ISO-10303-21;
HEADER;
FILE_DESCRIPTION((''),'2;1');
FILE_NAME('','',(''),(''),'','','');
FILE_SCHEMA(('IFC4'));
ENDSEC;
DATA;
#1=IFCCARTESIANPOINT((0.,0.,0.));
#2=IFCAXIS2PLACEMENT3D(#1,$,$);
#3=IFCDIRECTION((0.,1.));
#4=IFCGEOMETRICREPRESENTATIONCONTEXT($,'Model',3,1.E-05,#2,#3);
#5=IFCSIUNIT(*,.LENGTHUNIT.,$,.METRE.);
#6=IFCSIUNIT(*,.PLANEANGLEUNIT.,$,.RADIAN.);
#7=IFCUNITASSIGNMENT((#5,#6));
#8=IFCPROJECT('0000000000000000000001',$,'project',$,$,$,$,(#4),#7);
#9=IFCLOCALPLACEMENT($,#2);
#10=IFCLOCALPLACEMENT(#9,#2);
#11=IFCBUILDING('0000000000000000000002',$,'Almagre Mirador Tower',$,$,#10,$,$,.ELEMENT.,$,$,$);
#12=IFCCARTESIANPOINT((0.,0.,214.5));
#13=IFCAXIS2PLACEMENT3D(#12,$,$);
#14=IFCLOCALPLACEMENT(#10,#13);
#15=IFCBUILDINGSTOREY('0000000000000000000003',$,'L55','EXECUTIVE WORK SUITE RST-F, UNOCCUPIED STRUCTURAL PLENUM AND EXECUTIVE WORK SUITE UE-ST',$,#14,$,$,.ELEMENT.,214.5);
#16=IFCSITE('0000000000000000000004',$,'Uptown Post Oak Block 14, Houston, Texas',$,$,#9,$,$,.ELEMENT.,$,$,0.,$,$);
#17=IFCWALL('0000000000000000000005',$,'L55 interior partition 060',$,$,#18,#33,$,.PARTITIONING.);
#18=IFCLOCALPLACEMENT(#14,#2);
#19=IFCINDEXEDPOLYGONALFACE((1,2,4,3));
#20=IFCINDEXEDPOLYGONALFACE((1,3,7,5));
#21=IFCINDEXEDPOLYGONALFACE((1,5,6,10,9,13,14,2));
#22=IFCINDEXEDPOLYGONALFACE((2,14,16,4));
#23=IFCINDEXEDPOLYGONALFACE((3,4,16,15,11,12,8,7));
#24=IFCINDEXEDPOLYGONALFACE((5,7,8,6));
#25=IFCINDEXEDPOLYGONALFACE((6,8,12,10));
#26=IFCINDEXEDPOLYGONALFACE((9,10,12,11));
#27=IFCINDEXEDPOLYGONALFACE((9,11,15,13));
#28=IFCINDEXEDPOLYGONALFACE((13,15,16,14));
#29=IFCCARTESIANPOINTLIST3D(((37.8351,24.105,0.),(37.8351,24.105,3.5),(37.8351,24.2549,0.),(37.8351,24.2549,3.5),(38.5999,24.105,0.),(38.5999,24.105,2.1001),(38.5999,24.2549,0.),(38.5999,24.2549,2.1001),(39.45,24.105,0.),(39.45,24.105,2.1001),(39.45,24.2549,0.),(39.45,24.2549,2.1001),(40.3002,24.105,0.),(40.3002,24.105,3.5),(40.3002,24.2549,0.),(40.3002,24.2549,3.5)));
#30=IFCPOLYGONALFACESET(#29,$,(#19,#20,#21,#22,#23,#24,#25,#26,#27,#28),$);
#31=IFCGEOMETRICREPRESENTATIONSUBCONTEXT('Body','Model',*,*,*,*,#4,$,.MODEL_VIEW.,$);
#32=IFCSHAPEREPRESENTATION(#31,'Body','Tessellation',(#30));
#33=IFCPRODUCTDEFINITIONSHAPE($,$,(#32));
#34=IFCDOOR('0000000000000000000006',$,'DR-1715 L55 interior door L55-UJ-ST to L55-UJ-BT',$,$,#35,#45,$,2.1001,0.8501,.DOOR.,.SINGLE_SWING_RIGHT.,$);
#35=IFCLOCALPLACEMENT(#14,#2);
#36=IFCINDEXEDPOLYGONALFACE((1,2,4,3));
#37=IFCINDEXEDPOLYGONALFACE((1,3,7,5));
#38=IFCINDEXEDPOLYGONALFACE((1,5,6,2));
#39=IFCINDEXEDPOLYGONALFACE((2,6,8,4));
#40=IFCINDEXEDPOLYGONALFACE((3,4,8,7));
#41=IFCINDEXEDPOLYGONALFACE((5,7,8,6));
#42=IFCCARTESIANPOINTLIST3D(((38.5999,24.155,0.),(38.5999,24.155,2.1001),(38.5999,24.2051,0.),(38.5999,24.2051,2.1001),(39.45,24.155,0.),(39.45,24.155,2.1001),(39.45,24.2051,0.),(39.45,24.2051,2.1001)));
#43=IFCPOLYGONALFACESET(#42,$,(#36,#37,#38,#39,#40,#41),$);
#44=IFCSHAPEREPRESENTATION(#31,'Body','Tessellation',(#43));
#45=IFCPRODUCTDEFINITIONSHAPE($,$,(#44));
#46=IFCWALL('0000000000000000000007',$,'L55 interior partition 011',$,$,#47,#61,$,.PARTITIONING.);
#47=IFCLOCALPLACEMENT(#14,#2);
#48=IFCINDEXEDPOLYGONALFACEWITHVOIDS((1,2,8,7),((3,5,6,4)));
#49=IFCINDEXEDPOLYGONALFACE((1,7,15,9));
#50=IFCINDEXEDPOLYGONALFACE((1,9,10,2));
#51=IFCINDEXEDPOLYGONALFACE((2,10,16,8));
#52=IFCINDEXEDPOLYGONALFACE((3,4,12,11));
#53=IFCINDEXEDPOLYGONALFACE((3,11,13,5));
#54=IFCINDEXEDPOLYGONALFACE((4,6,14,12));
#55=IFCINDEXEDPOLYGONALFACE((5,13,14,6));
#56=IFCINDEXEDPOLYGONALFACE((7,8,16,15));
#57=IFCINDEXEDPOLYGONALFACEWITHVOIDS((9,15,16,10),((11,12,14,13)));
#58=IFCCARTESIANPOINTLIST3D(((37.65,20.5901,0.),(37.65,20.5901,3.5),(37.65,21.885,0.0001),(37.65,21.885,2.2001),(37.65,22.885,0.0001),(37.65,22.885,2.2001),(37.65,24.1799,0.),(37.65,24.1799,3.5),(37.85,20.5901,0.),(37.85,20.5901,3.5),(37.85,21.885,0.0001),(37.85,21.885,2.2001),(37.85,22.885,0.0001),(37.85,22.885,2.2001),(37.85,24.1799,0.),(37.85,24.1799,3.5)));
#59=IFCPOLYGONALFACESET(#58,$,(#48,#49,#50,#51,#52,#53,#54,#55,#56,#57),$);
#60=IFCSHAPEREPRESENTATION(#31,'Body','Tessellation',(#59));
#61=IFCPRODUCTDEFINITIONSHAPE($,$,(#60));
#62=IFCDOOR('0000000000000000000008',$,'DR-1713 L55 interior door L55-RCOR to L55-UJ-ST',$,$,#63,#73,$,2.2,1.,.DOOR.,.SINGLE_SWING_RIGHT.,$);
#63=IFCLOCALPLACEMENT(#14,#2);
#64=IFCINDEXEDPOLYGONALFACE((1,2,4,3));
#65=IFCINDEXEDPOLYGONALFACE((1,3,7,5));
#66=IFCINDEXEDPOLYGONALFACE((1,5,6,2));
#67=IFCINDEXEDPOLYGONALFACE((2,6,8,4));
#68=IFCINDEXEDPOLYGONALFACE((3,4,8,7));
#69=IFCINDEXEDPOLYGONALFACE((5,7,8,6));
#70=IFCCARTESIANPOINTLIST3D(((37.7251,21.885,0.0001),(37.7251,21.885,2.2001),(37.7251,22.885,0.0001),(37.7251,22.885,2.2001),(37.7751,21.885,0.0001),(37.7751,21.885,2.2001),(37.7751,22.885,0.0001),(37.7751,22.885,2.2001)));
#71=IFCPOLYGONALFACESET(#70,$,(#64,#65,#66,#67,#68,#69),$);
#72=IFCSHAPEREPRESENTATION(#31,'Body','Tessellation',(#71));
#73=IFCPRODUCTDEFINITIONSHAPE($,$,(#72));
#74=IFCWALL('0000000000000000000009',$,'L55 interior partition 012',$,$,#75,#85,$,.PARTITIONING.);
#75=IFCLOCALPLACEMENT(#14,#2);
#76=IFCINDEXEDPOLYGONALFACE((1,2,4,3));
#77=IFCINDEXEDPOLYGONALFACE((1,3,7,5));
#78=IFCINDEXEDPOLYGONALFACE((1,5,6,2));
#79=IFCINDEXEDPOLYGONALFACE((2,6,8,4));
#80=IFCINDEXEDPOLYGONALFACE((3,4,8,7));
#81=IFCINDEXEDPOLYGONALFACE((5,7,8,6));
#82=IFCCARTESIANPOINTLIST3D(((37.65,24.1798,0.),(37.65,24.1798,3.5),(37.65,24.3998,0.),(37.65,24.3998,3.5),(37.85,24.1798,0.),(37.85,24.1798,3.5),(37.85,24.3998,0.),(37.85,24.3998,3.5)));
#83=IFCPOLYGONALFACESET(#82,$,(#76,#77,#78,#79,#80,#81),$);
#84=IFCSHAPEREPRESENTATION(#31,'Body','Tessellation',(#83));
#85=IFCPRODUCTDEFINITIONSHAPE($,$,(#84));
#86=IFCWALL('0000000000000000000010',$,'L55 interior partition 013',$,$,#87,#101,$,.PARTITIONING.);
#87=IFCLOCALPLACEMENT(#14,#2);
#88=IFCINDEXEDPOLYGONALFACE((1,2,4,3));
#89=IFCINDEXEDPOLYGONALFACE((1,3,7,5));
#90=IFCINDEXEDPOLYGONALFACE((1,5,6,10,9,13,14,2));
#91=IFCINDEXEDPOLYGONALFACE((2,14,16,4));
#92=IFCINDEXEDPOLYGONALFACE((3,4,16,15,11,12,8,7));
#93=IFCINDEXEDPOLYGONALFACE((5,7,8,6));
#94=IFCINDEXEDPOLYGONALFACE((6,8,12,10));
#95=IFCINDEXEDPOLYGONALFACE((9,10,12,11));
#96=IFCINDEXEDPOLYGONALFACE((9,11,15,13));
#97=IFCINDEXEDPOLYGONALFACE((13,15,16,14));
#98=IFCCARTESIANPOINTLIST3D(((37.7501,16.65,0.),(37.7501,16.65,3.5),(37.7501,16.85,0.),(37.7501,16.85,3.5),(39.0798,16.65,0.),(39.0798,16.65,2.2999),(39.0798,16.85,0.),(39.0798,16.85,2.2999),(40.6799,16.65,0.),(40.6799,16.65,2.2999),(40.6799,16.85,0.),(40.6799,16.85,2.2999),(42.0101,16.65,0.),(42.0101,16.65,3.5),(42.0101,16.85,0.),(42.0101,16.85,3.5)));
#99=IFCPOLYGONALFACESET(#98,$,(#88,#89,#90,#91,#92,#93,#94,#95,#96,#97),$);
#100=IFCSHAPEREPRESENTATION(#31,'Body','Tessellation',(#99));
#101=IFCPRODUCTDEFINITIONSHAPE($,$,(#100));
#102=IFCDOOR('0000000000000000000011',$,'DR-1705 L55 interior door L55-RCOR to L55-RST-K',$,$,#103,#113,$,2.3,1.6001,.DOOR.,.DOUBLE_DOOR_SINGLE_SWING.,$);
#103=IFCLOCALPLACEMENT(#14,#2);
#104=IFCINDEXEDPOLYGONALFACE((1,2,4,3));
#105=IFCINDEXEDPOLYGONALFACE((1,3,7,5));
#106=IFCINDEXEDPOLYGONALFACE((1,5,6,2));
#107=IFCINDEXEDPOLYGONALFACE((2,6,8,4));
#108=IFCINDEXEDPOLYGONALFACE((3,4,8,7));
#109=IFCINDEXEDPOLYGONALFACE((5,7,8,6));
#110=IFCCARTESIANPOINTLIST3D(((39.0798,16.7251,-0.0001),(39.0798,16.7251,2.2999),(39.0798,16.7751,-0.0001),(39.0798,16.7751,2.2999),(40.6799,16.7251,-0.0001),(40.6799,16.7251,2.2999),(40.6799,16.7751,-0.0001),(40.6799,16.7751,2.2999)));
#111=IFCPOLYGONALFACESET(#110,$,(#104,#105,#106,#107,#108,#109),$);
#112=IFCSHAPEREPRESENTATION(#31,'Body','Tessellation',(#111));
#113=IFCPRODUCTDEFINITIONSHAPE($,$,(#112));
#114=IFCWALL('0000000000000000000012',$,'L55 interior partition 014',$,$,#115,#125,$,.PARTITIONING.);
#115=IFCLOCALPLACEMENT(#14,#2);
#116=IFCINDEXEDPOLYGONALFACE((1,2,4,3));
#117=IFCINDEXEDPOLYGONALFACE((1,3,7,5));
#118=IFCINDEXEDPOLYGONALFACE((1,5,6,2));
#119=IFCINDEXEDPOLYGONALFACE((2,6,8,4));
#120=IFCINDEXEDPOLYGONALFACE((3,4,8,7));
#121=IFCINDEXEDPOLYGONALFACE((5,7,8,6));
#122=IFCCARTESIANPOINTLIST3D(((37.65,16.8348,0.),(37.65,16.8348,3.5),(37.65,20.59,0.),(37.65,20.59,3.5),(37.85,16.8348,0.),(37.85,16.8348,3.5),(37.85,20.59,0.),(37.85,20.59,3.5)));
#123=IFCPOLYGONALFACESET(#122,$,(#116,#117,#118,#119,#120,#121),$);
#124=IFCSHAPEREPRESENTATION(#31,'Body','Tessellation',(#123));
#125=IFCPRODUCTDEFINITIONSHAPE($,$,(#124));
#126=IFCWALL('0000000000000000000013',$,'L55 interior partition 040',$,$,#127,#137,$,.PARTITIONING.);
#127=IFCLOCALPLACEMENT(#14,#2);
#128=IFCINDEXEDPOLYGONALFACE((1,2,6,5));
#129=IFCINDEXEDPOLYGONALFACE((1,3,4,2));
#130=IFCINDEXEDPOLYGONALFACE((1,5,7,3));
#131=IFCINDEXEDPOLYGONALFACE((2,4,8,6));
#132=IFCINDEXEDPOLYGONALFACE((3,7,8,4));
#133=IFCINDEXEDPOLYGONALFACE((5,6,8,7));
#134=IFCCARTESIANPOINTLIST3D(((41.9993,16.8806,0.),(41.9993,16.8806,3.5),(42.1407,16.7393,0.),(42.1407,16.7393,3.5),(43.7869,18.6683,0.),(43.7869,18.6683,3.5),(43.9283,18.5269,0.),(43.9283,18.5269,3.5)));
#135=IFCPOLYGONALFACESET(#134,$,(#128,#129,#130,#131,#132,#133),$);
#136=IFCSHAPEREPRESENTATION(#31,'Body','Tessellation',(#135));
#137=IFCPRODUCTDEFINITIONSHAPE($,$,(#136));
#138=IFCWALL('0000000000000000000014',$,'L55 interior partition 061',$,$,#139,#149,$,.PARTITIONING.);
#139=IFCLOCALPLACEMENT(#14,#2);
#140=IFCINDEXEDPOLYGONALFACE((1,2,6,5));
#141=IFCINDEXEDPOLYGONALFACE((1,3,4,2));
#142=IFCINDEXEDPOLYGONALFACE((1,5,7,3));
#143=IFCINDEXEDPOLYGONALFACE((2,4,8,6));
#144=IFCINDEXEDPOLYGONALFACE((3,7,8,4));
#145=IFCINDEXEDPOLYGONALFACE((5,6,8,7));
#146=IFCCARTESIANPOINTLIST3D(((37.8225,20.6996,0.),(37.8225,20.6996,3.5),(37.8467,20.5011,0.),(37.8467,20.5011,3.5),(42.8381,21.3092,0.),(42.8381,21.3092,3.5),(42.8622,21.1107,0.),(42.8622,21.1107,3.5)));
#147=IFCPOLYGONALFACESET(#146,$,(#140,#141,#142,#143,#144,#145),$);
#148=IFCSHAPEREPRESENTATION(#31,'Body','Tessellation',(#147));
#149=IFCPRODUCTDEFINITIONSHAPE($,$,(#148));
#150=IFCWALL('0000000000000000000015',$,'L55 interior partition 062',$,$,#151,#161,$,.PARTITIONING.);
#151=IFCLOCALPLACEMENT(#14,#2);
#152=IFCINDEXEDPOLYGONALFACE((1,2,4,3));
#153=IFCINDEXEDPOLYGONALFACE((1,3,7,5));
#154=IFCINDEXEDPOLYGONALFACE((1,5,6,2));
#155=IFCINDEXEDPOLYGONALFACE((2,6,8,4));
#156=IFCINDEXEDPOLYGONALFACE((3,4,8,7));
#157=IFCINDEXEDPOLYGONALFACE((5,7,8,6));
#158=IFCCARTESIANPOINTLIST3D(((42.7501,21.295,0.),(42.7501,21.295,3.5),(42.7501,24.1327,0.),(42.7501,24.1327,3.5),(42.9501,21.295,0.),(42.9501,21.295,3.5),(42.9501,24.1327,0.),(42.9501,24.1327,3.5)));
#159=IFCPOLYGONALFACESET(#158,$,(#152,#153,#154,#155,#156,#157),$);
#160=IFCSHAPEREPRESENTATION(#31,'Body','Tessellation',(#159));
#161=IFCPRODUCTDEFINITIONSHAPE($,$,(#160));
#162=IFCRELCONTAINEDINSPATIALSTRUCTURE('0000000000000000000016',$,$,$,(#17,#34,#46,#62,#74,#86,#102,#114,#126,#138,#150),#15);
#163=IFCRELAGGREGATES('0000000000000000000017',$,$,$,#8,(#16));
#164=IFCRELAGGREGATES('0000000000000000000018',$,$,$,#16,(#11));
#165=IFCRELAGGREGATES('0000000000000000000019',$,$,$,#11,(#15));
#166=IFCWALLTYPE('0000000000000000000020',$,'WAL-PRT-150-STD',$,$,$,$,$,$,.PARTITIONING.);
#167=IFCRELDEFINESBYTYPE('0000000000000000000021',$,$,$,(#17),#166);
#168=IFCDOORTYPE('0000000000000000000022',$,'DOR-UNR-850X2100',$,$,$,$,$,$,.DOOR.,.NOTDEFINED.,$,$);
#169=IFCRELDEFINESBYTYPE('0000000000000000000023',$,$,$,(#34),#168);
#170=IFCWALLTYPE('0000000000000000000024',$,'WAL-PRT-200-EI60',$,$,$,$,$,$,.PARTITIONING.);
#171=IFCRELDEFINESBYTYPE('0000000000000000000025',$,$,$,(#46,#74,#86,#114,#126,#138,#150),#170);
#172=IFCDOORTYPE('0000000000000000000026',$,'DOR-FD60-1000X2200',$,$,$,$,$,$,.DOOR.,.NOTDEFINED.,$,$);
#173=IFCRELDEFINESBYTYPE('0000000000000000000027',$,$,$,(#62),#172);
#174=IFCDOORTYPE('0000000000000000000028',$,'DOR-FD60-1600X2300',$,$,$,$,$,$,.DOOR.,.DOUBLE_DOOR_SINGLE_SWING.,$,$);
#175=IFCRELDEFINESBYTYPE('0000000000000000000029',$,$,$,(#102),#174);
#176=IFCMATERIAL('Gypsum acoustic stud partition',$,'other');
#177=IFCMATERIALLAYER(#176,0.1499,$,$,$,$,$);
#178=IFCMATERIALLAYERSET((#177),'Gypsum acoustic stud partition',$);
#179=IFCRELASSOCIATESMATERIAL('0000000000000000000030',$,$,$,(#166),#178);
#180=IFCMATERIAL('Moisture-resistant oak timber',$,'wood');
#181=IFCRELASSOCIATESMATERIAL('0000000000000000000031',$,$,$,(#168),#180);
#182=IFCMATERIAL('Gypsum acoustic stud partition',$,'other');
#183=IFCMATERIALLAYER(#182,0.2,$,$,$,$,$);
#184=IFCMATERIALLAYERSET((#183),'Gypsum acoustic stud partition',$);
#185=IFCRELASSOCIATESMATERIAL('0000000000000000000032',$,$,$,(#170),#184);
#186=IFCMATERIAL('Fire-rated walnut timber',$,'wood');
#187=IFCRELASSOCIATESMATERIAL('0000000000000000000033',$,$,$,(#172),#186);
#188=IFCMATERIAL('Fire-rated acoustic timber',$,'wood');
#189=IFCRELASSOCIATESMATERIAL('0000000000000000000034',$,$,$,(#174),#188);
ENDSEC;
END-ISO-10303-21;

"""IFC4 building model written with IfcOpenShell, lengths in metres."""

from ifc_helpers import new_model, si_unit, direction, frame, frame_2d, origin, place, context, subcontext, project, spatial, rectangle, extrude, material, layer, layer_set, type_object, element, fill, save


model = new_model("IFC4")

# Units and contexts
model_context = context("Model", 3, precision=1e-05, world=origin(), true_north=direction((0.0, 1.0)))
body_context = subcontext(model_context, "Body", "Model", "MODEL_VIEW")
ifc_project = project(units=[si_unit("LENGTHUNIT", "METRE"), si_unit("PLANEANGLEUNIT", "RADIAN")], contexts=[model_context])

# Site, building, storey
site_placement = place(None, origin())
site = spatial("IfcSite", under=ifc_project, at=site_placement, Name="Uptown Post Oak Block 14, Houston, Texas", CompositionType="ELEMENT", RefElevation=0.0)
building_placement = place(site_placement, origin())
building = spatial("IfcBuilding", under=site, at=building_placement, Name="Almagre Mirador Tower", CompositionType="ELEMENT")
storey_placement = place(building_placement, frame((0.0, 0.0, 214.5)))
storey = spatial("IfcBuildingStorey", under=building, at=storey_placement, Name="L55", Description="EXECUTIVE WORK SUITE RST-F, UNOCCUPIED STRUCTURAL PLENUM AND EXECUTIVE WORK SUITE UE-ST", CompositionType="ELEMENT", Elevation=214.5)

# Walls, openings, doors
ifc_material_1 = material(Name="Gypsum acoustic stud partition", Category="other")
ifc_layer_1 = layer(ifc_material_1, 0.1499)
ifc_layer_set_1 = layer_set([ifc_layer_1], Name="Gypsum acoustic stud partition")
wall_type_1 = type_object("IfcWallType", Name="WAL-PRT-150-STD", PredefinedType="PARTITIONING", material=ifc_layer_set_1)
wall_1_placement = place(storey_placement, frame((40.3, 24.1799, 0.0), z_axis=(0.0, 0.0, 1.0), x_axis=(-1.0, 0.0, 0.0)))
wall_1 = element("IfcWall", 1, at=wall_1_placement, inside=storey, type_object=wall_type_1, Name="L55 interior partition 060", PredefinedType="PARTITIONING", context=body_context, shape_type="SweptSolid", body=[
    extrude(rectangle(XDim=2.4651, YDim=0.1499, at=frame_2d((1.2324, 0.0))), origin(), (0.0, 0.0, 1.0), 3.5),
])
opening_1_placement = place(wall_1_placement, frame((0.8501, 0.0, 0.0)))
opening_1 = element("IfcOpeningElement", 2, at=opening_1_placement, cuts=wall_1, PredefinedType="OPENING", context=body_context, shape_type="SweptSolid", body=[
    extrude(rectangle(XDim=0.8501, YDim=2.1001, at=frame_2d((0.425, 1.05))), frame((0.0, 0.085, 0.0), z_axis=(0.0, -1.0, 0.0), x_axis=(1.0, 0.0, 0.0)), (0.0, 0.0, 1.0), 0.1699),
])
ifc_material_2 = material(Name="Moisture-resistant oak timber", Category="wood")
door_type_1 = type_object("IfcDoorType", Name="DOR-UNR-850X2100", OperationType="NOTDEFINED", PredefinedType="DOOR", material=ifc_material_2)
door_1_placement = place(opening_1_placement, origin())
door_1 = element("IfcDoor", 3, at=door_1_placement, inside=storey, type_object=door_type_1, Name="DR-1715 L55 interior door L55-UJ-ST to L55-UJ-BT", OperationType="SINGLE_SWING_RIGHT", OverallHeight=2.1001, OverallWidth=0.8501, PredefinedType="DOOR", context=body_context, shape_type="SweptSolid", body=[
    extrude(rectangle(XDim=0.8501, YDim=2.1001, at=frame_2d((0.425, 1.05))), frame((0.0, 0.0249, 0.0), z_axis=(0.0, -1.0, 0.0), x_axis=(1.0, 0.0, 0.0)), (0.0, 0.0, 1.0), 0.05),
])
fill(opening_1, door_1)
ifc_material_3 = material(Name="Gypsum acoustic stud partition", Category="other")
ifc_layer_2 = layer(ifc_material_3, 0.2)
ifc_layer_set_2 = layer_set([ifc_layer_2], Name="Gypsum acoustic stud partition")
wall_type_2 = type_object("IfcWallType", Name="WAL-PRT-200-EI60", PredefinedType="PARTITIONING", material=ifc_layer_set_2)
wall_2_placement = place(storey_placement, frame((37.75, 20.5901, 0.0), z_axis=(0.0, 0.0, 1.0), x_axis=(0.0, 1.0, 0.0)))
wall_2 = element("IfcWall", 4, at=wall_2_placement, inside=storey, type_object=wall_type_2, Name="L55 interior partition 011", PredefinedType="PARTITIONING", context=body_context, shape_type="SweptSolid", body=[
    extrude(rectangle(XDim=3.5898, YDim=0.2, at=frame_2d((1.7949, 0.0))), origin(), (0.0, 0.0, 1.0), 3.5),
])
opening_2_placement = place(wall_2_placement, frame((1.2949, 0.0, 0.0)))
opening_2 = element("IfcOpeningElement", 5, at=opening_2_placement, cuts=wall_2, PredefinedType="OPENING", context=body_context, shape_type="SweptSolid", body=[
    extrude(rectangle(XDim=1.0, YDim=2.2, at=frame_2d((0.5, 1.1001))), frame((0.0, 0.1101, 0.0), z_axis=(0.0, -1.0, 0.0), x_axis=(1.0, 0.0, 0.0)), (0.0, 0.0, 1.0), 0.22),
])
ifc_material_4 = material(Name="Fire-rated walnut timber", Category="wood")
door_type_2 = type_object("IfcDoorType", Name="DOR-FD60-1000X2200", OperationType="NOTDEFINED", PredefinedType="DOOR", material=ifc_material_4)
door_2_placement = place(opening_2_placement, origin())
door_2 = element("IfcDoor", 6, at=door_2_placement, inside=storey, type_object=door_type_2, Name="DR-1713 L55 interior door L55-RCOR to L55-UJ-ST", OperationType="SINGLE_SWING_RIGHT", OverallHeight=2.2, OverallWidth=1.0, PredefinedType="DOOR", context=body_context, shape_type="SweptSolid", body=[
    extrude(rectangle(XDim=1.0, YDim=2.2, at=frame_2d((0.5, 1.1001))), frame((0.0, 0.0249, 0.0), z_axis=(0.0, -1.0, 0.0), x_axis=(1.0, 0.0, 0.0)), (0.0, 0.0, 1.0), 0.05),
])
fill(opening_2, door_2)

# Wall
wall_3_placement = place(storey_placement, frame((37.75, 24.1799, 0.0), z_axis=(0.0, 0.0, 1.0), x_axis=(0.0, 1.0, 0.0)))
element("IfcWall", 7, at=wall_3_placement, inside=storey, type_object=wall_type_2, Name="L55 interior partition 012", PredefinedType="PARTITIONING", context=body_context, shape_type="SweptSolid", body=[
    extrude(rectangle(XDim=0.22, YDim=0.2, at=frame_2d((0.1099, 0.0))), origin(), (0.0, 0.0, 1.0), 3.5),
])

# Wall, opening, door
wall_4_placement = place(storey_placement, frame((42.01, 16.75, 0.0), z_axis=(0.0, 0.0, 1.0), x_axis=(-1.0, 0.0, 0.0)))
wall_4 = element("IfcWall", 8, at=wall_4_placement, inside=storey, type_object=wall_type_2, Name="L55 interior partition 013", PredefinedType="PARTITIONING", context=body_context, shape_type="SweptSolid", body=[
    extrude(rectangle(XDim=4.26, YDim=0.2, at=frame_2d((2.1299, 0.0))), origin(), (0.0, 0.0, 1.0), 3.5),
])
opening_3_placement = place(wall_4_placement, frame((1.3301, 0.0, 0.0)))
opening_3 = element("IfcOpeningElement", 9, at=opening_3_placement, cuts=wall_4, PredefinedType="OPENING", context=body_context, shape_type="SweptSolid", body=[
    extrude(rectangle(XDim=1.6001, YDim=2.3, at=frame_2d((0.8, 1.1499))), frame((0.0, 0.1101, 0.0), z_axis=(0.0, -1.0, 0.0), x_axis=(1.0, 0.0, 0.0)), (0.0, 0.0, 1.0), 0.22),
])
ifc_material_5 = material(Name="Fire-rated acoustic timber", Category="wood")
door_type_3 = type_object("IfcDoorType", Name="DOR-FD60-1600X2300", OperationType="DOUBLE_DOOR_SINGLE_SWING", PredefinedType="DOOR", material=ifc_material_5)
door_3_placement = place(opening_3_placement, origin())
door_3 = element("IfcDoor", 10, at=door_3_placement, inside=storey, type_object=door_type_3, Name="DR-1705 L55 interior door L55-RCOR to L55-RST-K", OperationType="DOUBLE_DOOR_SINGLE_SWING", OverallHeight=2.3, OverallWidth=1.6001, PredefinedType="DOOR", context=body_context, shape_type="SweptSolid", body=[
    extrude(rectangle(XDim=1.6001, YDim=2.3, at=frame_2d((0.8, 1.1499))), frame((0.0, 0.0249, 0.0), z_axis=(0.0, -1.0, 0.0), x_axis=(1.0, 0.0, 0.0)), (0.0, 0.0, 1.0), 0.05),
])
fill(opening_3, door_3)

# Walls
wall_5_placement = place(storey_placement, frame((37.75, 16.835, 0.0), z_axis=(0.0, 0.0, 1.0), x_axis=(0.0, 1.0, 0.0)))
element("IfcWall", 11, at=wall_5_placement, inside=storey, type_object=wall_type_2, Name="L55 interior partition 014", PredefinedType="PARTITIONING", context=body_context, shape_type="SweptSolid", body=[
    extrude(rectangle(XDim=3.7551, YDim=0.2, at=frame_2d((1.8774, 0.0))), origin(), (0.0, 0.0, 1.0), 3.5),
])
wall_6_placement = place(storey_placement, frame((43.8577, 18.5977, 0.0), z_axis=(0.0, 0.0, 1.0), x_axis=(-0.707107, -0.707107, 0.0)))
element("IfcWall", 12, at=wall_6_placement, inside=storey, type_object=wall_type_2, Name="L55 interior partition 040", PredefinedType="PARTITIONING", context=body_context, shape_type="SweptSolid", body=[
    extrude(rectangle(XDim=2.5281, YDim=0.2, at=frame_2d((1.2642, 0.0))), origin(), (0.0, 0.0, 1.0), 3.5),
])
wall_7_placement = place(storey_placement, frame((37.8345, 20.6003, 0.0), z_axis=(0.0, 0.0, 1.0), x_axis=(0.992694, 0.120656, 0.0)))
element("IfcWall", 13, at=wall_7_placement, inside=storey, type_object=wall_type_2, Name="L55 interior partition 061", PredefinedType="PARTITIONING", context=body_context, shape_type="SweptSolid", body=[
    extrude(rectangle(XDim=5.0525, YDim=0.2, at=frame_2d((2.5264, 0.0))), origin(), (0.0, 0.0, 1.0), 3.5),
])
wall_8_placement = place(storey_placement, frame((42.8501, 21.2949, 0.0), z_axis=(0.0, 0.0, 1.0), x_axis=(0.0, 1.0, 0.0)))
element("IfcWall", 14, at=wall_8_placement, inside=storey, type_object=wall_type_2, Name="L55 interior partition 062", PredefinedType="PARTITIONING", context=body_context, shape_type="SweptSolid", body=[
    extrude(rectangle(XDim=2.8376, YDim=0.2, at=frame_2d((1.4189, 0.0))), origin(), (0.0, 0.0, 1.0), 3.5),
])

save(model, "model.ifc")
